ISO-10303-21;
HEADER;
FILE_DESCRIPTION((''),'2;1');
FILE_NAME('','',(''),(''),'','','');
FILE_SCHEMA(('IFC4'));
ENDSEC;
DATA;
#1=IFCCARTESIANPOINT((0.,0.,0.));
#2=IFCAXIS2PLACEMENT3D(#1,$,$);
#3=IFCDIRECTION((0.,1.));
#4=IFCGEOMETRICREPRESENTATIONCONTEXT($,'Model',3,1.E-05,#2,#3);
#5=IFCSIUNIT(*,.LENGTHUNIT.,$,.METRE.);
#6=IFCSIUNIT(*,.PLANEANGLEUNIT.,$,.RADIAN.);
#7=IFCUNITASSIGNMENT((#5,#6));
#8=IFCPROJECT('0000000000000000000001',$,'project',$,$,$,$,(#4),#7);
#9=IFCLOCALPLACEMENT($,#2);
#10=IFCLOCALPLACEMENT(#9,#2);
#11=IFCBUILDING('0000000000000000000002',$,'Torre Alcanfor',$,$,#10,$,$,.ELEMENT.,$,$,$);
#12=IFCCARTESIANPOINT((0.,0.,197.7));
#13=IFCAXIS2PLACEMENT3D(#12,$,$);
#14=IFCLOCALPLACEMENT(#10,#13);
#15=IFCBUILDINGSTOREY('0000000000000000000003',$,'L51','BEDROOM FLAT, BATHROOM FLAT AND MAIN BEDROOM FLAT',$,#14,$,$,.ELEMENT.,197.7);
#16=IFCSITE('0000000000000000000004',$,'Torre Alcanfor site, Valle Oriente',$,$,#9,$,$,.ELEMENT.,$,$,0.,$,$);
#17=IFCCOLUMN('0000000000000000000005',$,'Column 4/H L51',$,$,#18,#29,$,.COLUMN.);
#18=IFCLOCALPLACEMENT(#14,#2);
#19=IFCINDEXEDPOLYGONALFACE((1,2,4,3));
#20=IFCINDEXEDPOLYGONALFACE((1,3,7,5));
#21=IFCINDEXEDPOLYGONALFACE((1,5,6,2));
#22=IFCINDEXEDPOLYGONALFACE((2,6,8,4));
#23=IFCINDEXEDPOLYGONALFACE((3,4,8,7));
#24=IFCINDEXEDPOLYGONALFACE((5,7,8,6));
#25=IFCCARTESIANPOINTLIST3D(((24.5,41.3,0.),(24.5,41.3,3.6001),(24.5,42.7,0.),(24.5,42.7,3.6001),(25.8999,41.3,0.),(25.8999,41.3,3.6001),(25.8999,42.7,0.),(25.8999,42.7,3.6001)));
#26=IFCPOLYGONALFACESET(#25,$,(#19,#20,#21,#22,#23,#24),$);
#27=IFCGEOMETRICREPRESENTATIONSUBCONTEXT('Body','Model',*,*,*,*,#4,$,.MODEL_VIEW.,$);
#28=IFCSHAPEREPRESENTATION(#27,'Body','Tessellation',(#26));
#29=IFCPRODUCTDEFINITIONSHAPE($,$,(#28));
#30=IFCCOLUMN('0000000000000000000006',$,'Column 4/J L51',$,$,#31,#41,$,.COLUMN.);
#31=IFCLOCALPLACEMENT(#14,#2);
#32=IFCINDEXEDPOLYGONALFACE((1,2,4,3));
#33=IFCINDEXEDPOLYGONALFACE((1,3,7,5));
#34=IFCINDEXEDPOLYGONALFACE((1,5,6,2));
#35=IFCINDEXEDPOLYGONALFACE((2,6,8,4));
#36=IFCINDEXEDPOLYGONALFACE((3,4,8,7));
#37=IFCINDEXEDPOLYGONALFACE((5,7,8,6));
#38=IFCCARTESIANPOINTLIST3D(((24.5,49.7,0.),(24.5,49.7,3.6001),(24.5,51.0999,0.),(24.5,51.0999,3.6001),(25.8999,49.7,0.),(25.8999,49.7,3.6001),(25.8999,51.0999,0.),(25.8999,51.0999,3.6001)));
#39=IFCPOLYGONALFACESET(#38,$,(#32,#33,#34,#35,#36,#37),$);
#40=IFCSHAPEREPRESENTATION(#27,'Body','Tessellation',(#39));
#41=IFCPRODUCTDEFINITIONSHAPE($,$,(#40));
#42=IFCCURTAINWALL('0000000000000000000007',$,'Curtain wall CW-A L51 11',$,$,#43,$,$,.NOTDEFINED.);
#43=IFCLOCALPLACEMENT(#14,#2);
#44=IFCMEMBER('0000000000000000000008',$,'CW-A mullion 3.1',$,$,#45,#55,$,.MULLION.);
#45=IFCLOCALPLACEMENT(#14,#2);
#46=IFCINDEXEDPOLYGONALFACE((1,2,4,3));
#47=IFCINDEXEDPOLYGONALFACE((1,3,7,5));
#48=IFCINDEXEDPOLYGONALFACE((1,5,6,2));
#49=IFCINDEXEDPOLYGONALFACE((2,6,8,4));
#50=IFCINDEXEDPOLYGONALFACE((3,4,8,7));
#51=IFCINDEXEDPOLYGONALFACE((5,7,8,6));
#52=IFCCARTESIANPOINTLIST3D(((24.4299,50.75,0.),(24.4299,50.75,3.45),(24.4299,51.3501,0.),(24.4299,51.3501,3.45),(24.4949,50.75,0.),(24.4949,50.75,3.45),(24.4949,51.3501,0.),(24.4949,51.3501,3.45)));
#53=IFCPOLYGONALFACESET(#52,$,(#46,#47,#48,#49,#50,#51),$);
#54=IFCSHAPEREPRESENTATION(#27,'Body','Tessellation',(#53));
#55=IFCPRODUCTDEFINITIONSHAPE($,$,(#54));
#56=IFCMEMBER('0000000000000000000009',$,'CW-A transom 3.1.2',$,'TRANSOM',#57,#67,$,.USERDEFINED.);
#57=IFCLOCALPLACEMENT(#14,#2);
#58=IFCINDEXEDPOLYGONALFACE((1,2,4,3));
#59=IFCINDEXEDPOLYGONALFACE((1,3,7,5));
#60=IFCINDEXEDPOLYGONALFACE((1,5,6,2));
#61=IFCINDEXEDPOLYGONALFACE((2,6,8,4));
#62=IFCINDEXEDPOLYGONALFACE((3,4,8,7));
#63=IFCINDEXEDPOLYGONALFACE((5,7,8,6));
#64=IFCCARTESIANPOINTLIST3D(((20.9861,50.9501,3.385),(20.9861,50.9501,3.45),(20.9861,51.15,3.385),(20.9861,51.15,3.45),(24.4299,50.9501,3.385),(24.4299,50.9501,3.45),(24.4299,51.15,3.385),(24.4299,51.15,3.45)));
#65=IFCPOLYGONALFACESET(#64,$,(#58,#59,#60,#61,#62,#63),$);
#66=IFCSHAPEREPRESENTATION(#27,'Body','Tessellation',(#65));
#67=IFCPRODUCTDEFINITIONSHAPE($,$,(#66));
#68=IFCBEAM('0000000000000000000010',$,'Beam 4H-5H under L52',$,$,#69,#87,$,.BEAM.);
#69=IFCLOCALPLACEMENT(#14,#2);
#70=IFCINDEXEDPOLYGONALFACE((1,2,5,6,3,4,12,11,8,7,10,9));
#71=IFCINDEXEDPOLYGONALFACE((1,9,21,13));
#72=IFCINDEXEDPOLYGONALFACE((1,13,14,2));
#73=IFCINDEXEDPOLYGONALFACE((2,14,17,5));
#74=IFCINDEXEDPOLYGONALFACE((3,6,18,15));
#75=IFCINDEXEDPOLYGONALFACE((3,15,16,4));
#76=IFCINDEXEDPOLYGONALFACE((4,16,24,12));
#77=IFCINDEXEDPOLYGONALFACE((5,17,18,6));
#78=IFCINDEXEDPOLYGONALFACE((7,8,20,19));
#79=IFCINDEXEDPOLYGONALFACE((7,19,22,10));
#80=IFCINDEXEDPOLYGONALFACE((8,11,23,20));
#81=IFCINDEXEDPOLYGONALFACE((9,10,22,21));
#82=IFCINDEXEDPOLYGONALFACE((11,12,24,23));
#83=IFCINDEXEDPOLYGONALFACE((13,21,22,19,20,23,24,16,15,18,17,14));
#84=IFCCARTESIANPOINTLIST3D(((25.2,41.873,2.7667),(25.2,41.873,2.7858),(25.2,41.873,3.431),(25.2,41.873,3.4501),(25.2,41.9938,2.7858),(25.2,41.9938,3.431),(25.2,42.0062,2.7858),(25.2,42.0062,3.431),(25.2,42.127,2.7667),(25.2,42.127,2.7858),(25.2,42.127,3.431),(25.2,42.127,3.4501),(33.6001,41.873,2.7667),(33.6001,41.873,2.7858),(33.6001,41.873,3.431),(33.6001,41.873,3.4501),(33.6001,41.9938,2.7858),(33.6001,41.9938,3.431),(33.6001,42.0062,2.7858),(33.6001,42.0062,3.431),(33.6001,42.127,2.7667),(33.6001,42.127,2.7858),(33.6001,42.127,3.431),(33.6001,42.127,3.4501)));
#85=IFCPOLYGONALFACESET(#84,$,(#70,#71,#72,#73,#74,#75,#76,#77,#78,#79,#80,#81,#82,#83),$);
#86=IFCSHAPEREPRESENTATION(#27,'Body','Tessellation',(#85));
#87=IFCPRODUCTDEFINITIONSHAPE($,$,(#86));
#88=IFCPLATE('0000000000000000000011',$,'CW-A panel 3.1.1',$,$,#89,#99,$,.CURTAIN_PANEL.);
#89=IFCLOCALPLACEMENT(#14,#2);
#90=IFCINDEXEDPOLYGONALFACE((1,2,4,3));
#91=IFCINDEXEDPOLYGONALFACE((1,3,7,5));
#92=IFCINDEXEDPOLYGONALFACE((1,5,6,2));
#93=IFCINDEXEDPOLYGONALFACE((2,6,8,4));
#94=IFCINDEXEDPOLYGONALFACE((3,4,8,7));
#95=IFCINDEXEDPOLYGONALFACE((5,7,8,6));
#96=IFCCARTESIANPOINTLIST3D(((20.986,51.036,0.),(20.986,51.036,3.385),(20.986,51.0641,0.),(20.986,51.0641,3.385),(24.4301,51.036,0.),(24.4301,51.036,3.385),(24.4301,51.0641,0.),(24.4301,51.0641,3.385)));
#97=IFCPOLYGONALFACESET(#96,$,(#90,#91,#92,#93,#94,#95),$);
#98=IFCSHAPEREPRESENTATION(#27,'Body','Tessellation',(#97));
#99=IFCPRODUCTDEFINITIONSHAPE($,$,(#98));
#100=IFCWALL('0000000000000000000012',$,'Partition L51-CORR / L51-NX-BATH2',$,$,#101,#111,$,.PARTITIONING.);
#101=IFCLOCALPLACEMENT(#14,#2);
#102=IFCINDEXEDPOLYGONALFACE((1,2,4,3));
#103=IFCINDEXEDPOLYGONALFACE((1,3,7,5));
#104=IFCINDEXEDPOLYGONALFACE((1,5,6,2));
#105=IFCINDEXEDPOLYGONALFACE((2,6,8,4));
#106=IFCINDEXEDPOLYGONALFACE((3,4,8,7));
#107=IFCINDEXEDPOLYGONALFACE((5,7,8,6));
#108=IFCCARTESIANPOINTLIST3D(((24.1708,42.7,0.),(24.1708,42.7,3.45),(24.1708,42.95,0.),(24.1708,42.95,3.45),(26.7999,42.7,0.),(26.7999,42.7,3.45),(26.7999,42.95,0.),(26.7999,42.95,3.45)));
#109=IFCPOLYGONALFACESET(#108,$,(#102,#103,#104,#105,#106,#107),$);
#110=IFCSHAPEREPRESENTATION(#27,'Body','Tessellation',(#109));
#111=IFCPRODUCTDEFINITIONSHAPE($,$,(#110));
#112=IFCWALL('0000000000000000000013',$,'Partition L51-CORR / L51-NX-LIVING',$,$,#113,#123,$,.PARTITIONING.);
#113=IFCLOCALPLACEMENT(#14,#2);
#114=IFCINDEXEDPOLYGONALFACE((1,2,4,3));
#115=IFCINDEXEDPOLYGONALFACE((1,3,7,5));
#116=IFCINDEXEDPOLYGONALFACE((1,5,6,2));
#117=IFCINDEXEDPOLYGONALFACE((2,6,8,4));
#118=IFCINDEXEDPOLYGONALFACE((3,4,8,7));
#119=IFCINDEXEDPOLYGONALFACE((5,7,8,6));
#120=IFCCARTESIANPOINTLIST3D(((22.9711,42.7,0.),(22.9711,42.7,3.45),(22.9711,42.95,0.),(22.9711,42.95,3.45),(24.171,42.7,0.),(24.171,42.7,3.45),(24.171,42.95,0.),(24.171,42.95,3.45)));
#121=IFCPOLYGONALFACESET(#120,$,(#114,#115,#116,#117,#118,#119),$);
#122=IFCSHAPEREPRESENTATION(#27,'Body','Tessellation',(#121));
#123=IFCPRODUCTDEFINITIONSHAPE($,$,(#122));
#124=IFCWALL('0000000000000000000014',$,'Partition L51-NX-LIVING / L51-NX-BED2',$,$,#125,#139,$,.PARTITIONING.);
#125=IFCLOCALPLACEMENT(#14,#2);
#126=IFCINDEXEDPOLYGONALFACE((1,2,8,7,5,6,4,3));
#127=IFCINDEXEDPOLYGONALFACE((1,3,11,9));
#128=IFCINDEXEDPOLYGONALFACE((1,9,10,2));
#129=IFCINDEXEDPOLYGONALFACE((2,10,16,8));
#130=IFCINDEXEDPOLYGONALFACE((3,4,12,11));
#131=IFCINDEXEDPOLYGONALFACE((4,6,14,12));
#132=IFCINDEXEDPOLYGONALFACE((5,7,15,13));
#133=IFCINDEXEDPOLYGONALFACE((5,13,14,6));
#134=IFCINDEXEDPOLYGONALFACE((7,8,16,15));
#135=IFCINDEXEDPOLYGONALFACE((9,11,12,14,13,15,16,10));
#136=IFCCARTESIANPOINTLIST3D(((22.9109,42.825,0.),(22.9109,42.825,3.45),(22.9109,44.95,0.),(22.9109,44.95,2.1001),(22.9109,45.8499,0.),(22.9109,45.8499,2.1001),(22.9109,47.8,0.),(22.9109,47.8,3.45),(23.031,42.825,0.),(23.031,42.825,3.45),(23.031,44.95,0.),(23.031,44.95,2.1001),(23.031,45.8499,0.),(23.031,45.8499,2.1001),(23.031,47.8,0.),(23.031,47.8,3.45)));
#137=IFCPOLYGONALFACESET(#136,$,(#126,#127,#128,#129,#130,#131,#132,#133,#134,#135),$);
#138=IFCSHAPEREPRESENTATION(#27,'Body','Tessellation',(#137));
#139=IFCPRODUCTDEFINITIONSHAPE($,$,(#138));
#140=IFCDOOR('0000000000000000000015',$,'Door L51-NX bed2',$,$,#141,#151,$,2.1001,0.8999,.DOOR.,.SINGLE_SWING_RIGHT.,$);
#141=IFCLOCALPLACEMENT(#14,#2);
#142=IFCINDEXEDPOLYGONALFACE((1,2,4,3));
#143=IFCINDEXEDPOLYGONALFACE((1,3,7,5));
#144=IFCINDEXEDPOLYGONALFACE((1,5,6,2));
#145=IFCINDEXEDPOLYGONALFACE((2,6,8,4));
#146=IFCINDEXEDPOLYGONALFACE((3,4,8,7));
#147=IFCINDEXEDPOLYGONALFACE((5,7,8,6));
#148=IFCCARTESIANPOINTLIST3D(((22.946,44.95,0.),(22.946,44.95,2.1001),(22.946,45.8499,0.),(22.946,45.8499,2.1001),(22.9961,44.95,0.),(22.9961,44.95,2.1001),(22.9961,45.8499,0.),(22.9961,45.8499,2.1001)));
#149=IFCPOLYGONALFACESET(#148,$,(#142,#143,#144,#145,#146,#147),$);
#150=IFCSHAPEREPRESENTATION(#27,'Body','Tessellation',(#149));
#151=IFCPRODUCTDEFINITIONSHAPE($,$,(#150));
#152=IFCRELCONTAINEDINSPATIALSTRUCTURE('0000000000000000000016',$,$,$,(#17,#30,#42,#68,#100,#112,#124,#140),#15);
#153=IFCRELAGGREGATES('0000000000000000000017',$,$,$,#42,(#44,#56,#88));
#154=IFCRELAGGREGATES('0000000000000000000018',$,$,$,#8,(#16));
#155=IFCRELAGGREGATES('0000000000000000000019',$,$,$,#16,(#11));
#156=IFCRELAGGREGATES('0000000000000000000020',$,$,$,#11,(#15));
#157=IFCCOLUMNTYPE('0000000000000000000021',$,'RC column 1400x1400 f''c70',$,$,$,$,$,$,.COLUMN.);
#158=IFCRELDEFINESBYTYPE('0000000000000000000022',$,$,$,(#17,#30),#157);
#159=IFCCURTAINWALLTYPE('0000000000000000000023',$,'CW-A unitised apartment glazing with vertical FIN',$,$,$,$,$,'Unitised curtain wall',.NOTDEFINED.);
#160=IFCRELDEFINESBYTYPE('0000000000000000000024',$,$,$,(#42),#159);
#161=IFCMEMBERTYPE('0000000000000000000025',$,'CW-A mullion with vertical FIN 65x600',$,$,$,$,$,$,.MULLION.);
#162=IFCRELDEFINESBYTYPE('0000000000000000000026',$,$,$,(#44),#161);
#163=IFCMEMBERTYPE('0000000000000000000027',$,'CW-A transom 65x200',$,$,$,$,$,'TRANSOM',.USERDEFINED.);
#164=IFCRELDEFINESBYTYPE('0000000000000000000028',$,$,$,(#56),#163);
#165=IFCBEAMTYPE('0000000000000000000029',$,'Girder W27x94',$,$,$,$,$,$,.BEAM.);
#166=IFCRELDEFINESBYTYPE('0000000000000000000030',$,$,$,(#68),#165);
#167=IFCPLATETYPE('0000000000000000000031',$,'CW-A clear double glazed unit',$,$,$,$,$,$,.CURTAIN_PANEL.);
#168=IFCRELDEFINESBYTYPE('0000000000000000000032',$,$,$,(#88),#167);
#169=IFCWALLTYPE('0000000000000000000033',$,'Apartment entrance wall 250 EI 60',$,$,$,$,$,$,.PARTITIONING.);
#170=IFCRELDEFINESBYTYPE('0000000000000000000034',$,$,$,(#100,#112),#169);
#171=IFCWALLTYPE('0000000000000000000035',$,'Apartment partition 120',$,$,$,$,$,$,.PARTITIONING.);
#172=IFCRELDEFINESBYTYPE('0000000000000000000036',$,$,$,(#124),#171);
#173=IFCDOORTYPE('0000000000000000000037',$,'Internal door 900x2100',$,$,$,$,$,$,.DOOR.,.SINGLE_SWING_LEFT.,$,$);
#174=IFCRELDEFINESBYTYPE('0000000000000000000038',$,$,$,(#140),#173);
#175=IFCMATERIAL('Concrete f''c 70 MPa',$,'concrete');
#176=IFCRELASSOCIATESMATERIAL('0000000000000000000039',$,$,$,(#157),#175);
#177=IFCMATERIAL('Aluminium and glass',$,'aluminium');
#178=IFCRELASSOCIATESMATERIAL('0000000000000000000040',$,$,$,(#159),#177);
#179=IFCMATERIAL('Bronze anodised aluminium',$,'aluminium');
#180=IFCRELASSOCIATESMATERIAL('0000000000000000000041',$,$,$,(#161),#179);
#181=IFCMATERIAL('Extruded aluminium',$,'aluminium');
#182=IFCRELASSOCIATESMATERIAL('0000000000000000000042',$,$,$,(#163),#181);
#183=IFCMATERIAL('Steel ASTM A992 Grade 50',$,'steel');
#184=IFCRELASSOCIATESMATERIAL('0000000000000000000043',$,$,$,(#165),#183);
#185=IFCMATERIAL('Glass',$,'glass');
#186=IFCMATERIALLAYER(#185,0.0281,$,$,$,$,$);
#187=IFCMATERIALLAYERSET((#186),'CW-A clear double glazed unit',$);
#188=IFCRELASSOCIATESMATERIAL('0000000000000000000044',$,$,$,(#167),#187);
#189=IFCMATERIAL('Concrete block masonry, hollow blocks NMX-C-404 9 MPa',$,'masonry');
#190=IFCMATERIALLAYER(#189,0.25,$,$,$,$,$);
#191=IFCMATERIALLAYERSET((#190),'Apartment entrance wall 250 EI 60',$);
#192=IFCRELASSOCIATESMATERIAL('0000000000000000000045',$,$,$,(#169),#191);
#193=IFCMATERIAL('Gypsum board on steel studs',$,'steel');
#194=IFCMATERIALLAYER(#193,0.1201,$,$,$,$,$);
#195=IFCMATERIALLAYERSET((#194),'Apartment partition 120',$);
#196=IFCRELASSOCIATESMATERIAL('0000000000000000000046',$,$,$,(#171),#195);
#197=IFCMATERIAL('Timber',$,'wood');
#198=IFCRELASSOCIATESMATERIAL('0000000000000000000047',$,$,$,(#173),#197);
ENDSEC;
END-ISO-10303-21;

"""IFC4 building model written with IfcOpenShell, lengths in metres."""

from ifc_helpers import new_model, si_unit, direction, frame, frame_2d, origin, origin_2d, place, context, subcontext, project, spatial, rectangle, i_section, extrude, material, layer, layer_set, material_profile, profile_set, type_object, element, fill, aggregate, save


model = new_model("IFC4")

# Units and contexts
model_context = context("Model", 3, precision=1e-05, world=origin(), true_north=direction((0.0, 1.0)))
body_context = subcontext(model_context, "Body", "Model", "MODEL_VIEW")
ifc_project = project(units=[si_unit("LENGTHUNIT", "METRE"), si_unit("PLANEANGLEUNIT", "RADIAN")], contexts=[model_context])

# Site, building, storey
site_placement = place(None, origin())
site = spatial("IfcSite", under=ifc_project, at=site_placement, Name="Torre Alcanfor site, Valle Oriente", CompositionType="ELEMENT", RefElevation=0.0)
building_placement = place(site_placement, origin())
building = spatial("IfcBuilding", under=site, at=building_placement, Name="Torre Alcanfor", CompositionType="ELEMENT")
storey_placement = place(building_placement, frame((0.0, 0.0, 197.7)))
storey = spatial("IfcBuildingStorey", under=building, at=storey_placement, Name="L51", Description="BEDROOM FLAT, BATHROOM FLAT AND MAIN BEDROOM FLAT", CompositionType="ELEMENT", Elevation=197.7)

# Columns
ifc_material_1 = material(Name="Concrete f'c 70 MPa", Category="concrete")
ifc_material_profile_1 = material_profile(ifc_material_1, rectangle(XDim=1.3999, YDim=1.3999, at=origin_2d()), Name="1400x1400")
ifc_profile_set_1 = profile_set([ifc_material_profile_1], Name="Concrete f'c 70 MPa")
column_type = type_object("IfcColumnType", Name="RC column 1400x1400 f'c70", PredefinedType="COLUMN", material=ifc_profile_set_1)
for number, where, z_axis, x_axis, name in (
    (1, (25.2, 42.0, 0.0), (0.0, 0.0, 1.0), (1.0, 0.0, 0.0), "Column 4/H L51"),
    (2, (25.2, 50.3999, 0.0), (0.0, 0.0, 1.0), (1.0, 0.0, 0.0), "Column 4/J L51"),
):
    element("IfcColumn", number, at=place(storey_placement, frame(where, z_axis=z_axis, x_axis=x_axis)), inside=storey, type_object=column_type, Name=name, PredefinedType="COLUMN", context=body_context, shape_type="SweptSolid", body=[
        extrude(rectangle(XDim=1.3999, YDim=1.3999, at=origin_2d()), origin(), (0.0, 0.0, 1.0), 3.6001),
    ])

# Curtain wall, members
ifc_material_2 = material(Name="Aluminium and glass", Category="aluminium")
curtain_wall_type = type_object("IfcCurtainWallType", Name="CW-A unitised apartment glazing with vertical FIN", ElementType="Unitised curtain wall", PredefinedType="NOTDEFINED", material=ifc_material_2)
curtain_wall_placement = place(storey_placement, origin())
curtain_wall = element("IfcCurtainWall", 3, at=curtain_wall_placement, inside=storey, type_object=curtain_wall_type, Name="Curtain wall CW-A L51 11", PredefinedType="NOTDEFINED")
ifc_material_3 = material(Name="Bronze anodised aluminium", Category="aluminium")
ifc_material_profile_2 = material_profile(ifc_material_3, rectangle(XDim=0.6001, YDim=0.0649, at=origin_2d()), Name="CW-A mullion 65x600")
ifc_profile_set_2 = profile_set([ifc_material_profile_2], Name="Bronze anodised aluminium")
member_type_1 = type_object("IfcMemberType", Name="CW-A mullion with vertical FIN 65x600", PredefinedType="MULLION", material=ifc_profile_set_2)
member_1_placement = place(storey_placement, frame((24.4624, 51.05, 0.0), z_axis=(0.0, 0.0, 1.0), x_axis=(0.0, -1.0, 0.0)))
member_1 = element("IfcMember", 4, at=member_1_placement, type_object=member_type_1, Name="CW-A mullion 3.1", PredefinedType="MULLION", context=body_context, shape_type="SweptSolid", body=[
    extrude(rectangle(XDim=0.6001, YDim=0.0649, at=origin_2d()), origin(), (0.0, 0.0, 1.0), 3.45),
])
ifc_material_4 = material(Name="Extruded aluminium", Category="aluminium")
ifc_material_profile_3 = material_profile(ifc_material_4, rectangle(XDim=0.2, YDim=0.0649, at=origin_2d()), Name="CW-A transom 200x65")
ifc_profile_set_3 = profile_set([ifc_material_profile_3], Name="Extruded aluminium")
member_type_2 = type_object("IfcMemberType", Name="CW-A transom 65x200", ElementType="TRANSOM", PredefinedType="USERDEFINED", material=ifc_profile_set_3)
member_2_placement = place(storey_placement, frame((24.4299, 51.05, 3.4175), z_axis=(-1.0, 0.0, 0.0), x_axis=(0.0, -1.0, 0.0)))
member_2 = element("IfcMember", 5, at=member_2_placement, type_object=member_type_2, Name="CW-A transom 3.1.2", ObjectType="TRANSOM", PredefinedType="USERDEFINED", context=body_context, shape_type="SweptSolid", body=[
    extrude(rectangle(XDim=0.2, YDim=0.0649, at=origin_2d()), origin(), (0.0, 0.0, 1.0), 3.4438),
])

# Beam
ifc_material_5 = material(Name="Steel ASTM A992 Grade 50", Category="steel")
ifc_material_profile_4 = material_profile(ifc_material_5, i_section(OverallWidth=0.2539, OverallDepth=0.6833, WebThickness=0.0125, FlangeThickness=0.019, at=origin_2d()), Name="W27x94")
ifc_profile_set_4 = profile_set([ifc_material_profile_4], Name="Steel ASTM A992 Grade 50")
beam_type = type_object("IfcBeamType", Name="Girder W27x94", PredefinedType="BEAM", material=ifc_profile_set_4)
beam_placement = place(storey_placement, frame((25.2, 42.0, 3.1084), z_axis=(1.0, 0.0, 0.0), x_axis=(0.0, 1.0, 0.0)))
element("IfcBeam", 6, at=beam_placement, inside=storey, type_object=beam_type, Name="Beam 4H-5H under L52", PredefinedType="BEAM", context=body_context, shape_type="SweptSolid", body=[
    extrude(i_section(OverallWidth=0.2539, OverallDepth=0.6833, WebThickness=0.0125, FlangeThickness=0.019, at=origin_2d()), origin(), (0.0, 0.0, 1.0), 8.4001),
])

# Plate
ifc_material_6 = material(Name="Glass", Category="glass")
ifc_layer_1 = layer(ifc_material_6, 0.0281)
ifc_layer_set_1 = layer_set([ifc_layer_1], Name="CW-A clear double glazed unit")
plate_type = type_object("IfcPlateType", Name="CW-A clear double glazed unit", PredefinedType="CURTAIN_PANEL", material=ifc_layer_set_1)
plate_placement = place(storey_placement, frame((22.708, 51.05, 0.0), z_axis=(0.0, 0.0, 1.0), x_axis=(-1.0, 0.0, 0.0)))
plate = element("IfcPlate", 7, at=plate_placement, type_object=plate_type, Name="CW-A panel 3.1.1", PredefinedType="CURTAIN_PANEL", context=body_context, shape_type="SweptSolid", body=[
    extrude(rectangle(XDim=3.4441, YDim=0.0281, at=origin_2d()), origin(), (0.0, 0.0, 1.0), 3.385),
])
aggregate(curtain_wall, [member_1, member_2, plate])

# Walls
ifc_material_7 = material(Name="Concrete block masonry, hollow blocks NMX-C-404 9 MPa", Category="masonry")
ifc_layer_2 = layer(ifc_material_7, 0.25)
ifc_layer_set_2 = layer_set([ifc_layer_2], Name="Apartment entrance wall 250 EI 60")
wall_type_1 = type_object("IfcWallType", Name="Apartment entrance wall 250 EI 60", PredefinedType="PARTITIONING", material=ifc_layer_set_2)
wall_1_placement = place(storey_placement, frame((24.1709, 42.825, 0.0), z_axis=(0.0, 0.0, 1.0), x_axis=(1.0, 0.0, 0.0)))
element("IfcWall", 8, at=wall_1_placement, inside=storey, type_object=wall_type_1, Name="Partition L51-CORR / L51-NX-BATH2", PredefinedType="PARTITIONING", context=body_context, shape_type="SweptSolid", body=[
    extrude(rectangle(XDim=2.6292, YDim=0.25, at=frame_2d((1.3145, 0.0))), origin(), (0.0, 0.0, 1.0), 3.45),
])
wall_2_placement = place(storey_placement, frame((22.9709, 42.825, 0.0), z_axis=(0.0, 0.0, 1.0), x_axis=(1.0, 0.0, 0.0)))
element("IfcWall", 9, at=wall_2_placement, inside=storey, type_object=wall_type_1, Name="Partition L51-CORR / L51-NX-LIVING", PredefinedType="PARTITIONING", context=body_context, shape_type="SweptSolid", body=[
    extrude(rectangle(XDim=1.2, YDim=0.25, at=frame_2d((0.6001, 0.0))), origin(), (0.0, 0.0, 1.0), 3.45),
])

# Wall, opening, door
ifc_material_8 = material(Name="Gypsum board on steel studs", Category="steel")
ifc_layer_3 = layer(ifc_material_8, 0.1201)
ifc_layer_set_3 = layer_set([ifc_layer_3], Name="Apartment partition 120")
wall_type_2 = type_object("IfcWallType", Name="Apartment partition 120", PredefinedType="PARTITIONING", material=ifc_layer_set_3)
wall_3_placement = place(storey_placement, frame((22.9709, 42.825, 0.0), z_axis=(0.0, 0.0, 1.0), x_axis=(0.0, 1.0, 0.0)))
wall_3 = element("IfcWall", 10, at=wall_3_placement, inside=storey, type_object=wall_type_2, Name="Partition L51-NX-LIVING / L51-NX-BED2", PredefinedType="PARTITIONING", context=body_context, shape_type="SweptSolid", body=[
    extrude(rectangle(XDim=4.9751, YDim=0.1201, at=frame_2d((2.4875, 0.0))), origin(), (0.0, 0.0, 1.0), 3.45),
])
opening_1_placement = place(wall_3_placement, frame((2.125, 0.0, 0.0)))
opening_1 = element("IfcOpeningElement", 11, at=opening_1_placement, cuts=wall_3, PredefinedType="OPENING", context=body_context, shape_type="SweptSolid", body=[
    extrude(rectangle(XDim=0.8999, YDim=2.1001, at=frame_2d((0.45, 1.05))), frame((0.0, 0.0701, 0.0), z_axis=(0.0, -1.0, 0.0), x_axis=(1.0, 0.0, 0.0)), (0.0, 0.0, 1.0), 0.1401),
])
ifc_material_9 = material(Name="Timber", Category="wood")
door_type = type_object("IfcDoorType", Name="Internal door 900x2100", OperationType="SINGLE_SWING_LEFT", PredefinedType="DOOR", material=ifc_material_9)
door_1_placement = place(opening_1_placement, origin())
door_1 = element("IfcDoor", 12, at=door_1_placement, inside=storey, type_object=door_type, Name="Door L51-NX bed2", OperationType="SINGLE_SWING_RIGHT", OverallHeight=2.1001, OverallWidth=0.8999, PredefinedType="DOOR", context=body_context, shape_type="SweptSolid", body=[
    extrude(rectangle(XDim=0.8999, YDim=2.1001, at=frame_2d((0.45, 1.05))), frame((0.0, 0.0249, 0.0), z_axis=(0.0, -1.0, 0.0), x_axis=(1.0, 0.0, 0.0)), (0.0, 0.0, 1.0), 0.05),
])
fill(opening_1, door_1)

save(model, "model.ifc")
